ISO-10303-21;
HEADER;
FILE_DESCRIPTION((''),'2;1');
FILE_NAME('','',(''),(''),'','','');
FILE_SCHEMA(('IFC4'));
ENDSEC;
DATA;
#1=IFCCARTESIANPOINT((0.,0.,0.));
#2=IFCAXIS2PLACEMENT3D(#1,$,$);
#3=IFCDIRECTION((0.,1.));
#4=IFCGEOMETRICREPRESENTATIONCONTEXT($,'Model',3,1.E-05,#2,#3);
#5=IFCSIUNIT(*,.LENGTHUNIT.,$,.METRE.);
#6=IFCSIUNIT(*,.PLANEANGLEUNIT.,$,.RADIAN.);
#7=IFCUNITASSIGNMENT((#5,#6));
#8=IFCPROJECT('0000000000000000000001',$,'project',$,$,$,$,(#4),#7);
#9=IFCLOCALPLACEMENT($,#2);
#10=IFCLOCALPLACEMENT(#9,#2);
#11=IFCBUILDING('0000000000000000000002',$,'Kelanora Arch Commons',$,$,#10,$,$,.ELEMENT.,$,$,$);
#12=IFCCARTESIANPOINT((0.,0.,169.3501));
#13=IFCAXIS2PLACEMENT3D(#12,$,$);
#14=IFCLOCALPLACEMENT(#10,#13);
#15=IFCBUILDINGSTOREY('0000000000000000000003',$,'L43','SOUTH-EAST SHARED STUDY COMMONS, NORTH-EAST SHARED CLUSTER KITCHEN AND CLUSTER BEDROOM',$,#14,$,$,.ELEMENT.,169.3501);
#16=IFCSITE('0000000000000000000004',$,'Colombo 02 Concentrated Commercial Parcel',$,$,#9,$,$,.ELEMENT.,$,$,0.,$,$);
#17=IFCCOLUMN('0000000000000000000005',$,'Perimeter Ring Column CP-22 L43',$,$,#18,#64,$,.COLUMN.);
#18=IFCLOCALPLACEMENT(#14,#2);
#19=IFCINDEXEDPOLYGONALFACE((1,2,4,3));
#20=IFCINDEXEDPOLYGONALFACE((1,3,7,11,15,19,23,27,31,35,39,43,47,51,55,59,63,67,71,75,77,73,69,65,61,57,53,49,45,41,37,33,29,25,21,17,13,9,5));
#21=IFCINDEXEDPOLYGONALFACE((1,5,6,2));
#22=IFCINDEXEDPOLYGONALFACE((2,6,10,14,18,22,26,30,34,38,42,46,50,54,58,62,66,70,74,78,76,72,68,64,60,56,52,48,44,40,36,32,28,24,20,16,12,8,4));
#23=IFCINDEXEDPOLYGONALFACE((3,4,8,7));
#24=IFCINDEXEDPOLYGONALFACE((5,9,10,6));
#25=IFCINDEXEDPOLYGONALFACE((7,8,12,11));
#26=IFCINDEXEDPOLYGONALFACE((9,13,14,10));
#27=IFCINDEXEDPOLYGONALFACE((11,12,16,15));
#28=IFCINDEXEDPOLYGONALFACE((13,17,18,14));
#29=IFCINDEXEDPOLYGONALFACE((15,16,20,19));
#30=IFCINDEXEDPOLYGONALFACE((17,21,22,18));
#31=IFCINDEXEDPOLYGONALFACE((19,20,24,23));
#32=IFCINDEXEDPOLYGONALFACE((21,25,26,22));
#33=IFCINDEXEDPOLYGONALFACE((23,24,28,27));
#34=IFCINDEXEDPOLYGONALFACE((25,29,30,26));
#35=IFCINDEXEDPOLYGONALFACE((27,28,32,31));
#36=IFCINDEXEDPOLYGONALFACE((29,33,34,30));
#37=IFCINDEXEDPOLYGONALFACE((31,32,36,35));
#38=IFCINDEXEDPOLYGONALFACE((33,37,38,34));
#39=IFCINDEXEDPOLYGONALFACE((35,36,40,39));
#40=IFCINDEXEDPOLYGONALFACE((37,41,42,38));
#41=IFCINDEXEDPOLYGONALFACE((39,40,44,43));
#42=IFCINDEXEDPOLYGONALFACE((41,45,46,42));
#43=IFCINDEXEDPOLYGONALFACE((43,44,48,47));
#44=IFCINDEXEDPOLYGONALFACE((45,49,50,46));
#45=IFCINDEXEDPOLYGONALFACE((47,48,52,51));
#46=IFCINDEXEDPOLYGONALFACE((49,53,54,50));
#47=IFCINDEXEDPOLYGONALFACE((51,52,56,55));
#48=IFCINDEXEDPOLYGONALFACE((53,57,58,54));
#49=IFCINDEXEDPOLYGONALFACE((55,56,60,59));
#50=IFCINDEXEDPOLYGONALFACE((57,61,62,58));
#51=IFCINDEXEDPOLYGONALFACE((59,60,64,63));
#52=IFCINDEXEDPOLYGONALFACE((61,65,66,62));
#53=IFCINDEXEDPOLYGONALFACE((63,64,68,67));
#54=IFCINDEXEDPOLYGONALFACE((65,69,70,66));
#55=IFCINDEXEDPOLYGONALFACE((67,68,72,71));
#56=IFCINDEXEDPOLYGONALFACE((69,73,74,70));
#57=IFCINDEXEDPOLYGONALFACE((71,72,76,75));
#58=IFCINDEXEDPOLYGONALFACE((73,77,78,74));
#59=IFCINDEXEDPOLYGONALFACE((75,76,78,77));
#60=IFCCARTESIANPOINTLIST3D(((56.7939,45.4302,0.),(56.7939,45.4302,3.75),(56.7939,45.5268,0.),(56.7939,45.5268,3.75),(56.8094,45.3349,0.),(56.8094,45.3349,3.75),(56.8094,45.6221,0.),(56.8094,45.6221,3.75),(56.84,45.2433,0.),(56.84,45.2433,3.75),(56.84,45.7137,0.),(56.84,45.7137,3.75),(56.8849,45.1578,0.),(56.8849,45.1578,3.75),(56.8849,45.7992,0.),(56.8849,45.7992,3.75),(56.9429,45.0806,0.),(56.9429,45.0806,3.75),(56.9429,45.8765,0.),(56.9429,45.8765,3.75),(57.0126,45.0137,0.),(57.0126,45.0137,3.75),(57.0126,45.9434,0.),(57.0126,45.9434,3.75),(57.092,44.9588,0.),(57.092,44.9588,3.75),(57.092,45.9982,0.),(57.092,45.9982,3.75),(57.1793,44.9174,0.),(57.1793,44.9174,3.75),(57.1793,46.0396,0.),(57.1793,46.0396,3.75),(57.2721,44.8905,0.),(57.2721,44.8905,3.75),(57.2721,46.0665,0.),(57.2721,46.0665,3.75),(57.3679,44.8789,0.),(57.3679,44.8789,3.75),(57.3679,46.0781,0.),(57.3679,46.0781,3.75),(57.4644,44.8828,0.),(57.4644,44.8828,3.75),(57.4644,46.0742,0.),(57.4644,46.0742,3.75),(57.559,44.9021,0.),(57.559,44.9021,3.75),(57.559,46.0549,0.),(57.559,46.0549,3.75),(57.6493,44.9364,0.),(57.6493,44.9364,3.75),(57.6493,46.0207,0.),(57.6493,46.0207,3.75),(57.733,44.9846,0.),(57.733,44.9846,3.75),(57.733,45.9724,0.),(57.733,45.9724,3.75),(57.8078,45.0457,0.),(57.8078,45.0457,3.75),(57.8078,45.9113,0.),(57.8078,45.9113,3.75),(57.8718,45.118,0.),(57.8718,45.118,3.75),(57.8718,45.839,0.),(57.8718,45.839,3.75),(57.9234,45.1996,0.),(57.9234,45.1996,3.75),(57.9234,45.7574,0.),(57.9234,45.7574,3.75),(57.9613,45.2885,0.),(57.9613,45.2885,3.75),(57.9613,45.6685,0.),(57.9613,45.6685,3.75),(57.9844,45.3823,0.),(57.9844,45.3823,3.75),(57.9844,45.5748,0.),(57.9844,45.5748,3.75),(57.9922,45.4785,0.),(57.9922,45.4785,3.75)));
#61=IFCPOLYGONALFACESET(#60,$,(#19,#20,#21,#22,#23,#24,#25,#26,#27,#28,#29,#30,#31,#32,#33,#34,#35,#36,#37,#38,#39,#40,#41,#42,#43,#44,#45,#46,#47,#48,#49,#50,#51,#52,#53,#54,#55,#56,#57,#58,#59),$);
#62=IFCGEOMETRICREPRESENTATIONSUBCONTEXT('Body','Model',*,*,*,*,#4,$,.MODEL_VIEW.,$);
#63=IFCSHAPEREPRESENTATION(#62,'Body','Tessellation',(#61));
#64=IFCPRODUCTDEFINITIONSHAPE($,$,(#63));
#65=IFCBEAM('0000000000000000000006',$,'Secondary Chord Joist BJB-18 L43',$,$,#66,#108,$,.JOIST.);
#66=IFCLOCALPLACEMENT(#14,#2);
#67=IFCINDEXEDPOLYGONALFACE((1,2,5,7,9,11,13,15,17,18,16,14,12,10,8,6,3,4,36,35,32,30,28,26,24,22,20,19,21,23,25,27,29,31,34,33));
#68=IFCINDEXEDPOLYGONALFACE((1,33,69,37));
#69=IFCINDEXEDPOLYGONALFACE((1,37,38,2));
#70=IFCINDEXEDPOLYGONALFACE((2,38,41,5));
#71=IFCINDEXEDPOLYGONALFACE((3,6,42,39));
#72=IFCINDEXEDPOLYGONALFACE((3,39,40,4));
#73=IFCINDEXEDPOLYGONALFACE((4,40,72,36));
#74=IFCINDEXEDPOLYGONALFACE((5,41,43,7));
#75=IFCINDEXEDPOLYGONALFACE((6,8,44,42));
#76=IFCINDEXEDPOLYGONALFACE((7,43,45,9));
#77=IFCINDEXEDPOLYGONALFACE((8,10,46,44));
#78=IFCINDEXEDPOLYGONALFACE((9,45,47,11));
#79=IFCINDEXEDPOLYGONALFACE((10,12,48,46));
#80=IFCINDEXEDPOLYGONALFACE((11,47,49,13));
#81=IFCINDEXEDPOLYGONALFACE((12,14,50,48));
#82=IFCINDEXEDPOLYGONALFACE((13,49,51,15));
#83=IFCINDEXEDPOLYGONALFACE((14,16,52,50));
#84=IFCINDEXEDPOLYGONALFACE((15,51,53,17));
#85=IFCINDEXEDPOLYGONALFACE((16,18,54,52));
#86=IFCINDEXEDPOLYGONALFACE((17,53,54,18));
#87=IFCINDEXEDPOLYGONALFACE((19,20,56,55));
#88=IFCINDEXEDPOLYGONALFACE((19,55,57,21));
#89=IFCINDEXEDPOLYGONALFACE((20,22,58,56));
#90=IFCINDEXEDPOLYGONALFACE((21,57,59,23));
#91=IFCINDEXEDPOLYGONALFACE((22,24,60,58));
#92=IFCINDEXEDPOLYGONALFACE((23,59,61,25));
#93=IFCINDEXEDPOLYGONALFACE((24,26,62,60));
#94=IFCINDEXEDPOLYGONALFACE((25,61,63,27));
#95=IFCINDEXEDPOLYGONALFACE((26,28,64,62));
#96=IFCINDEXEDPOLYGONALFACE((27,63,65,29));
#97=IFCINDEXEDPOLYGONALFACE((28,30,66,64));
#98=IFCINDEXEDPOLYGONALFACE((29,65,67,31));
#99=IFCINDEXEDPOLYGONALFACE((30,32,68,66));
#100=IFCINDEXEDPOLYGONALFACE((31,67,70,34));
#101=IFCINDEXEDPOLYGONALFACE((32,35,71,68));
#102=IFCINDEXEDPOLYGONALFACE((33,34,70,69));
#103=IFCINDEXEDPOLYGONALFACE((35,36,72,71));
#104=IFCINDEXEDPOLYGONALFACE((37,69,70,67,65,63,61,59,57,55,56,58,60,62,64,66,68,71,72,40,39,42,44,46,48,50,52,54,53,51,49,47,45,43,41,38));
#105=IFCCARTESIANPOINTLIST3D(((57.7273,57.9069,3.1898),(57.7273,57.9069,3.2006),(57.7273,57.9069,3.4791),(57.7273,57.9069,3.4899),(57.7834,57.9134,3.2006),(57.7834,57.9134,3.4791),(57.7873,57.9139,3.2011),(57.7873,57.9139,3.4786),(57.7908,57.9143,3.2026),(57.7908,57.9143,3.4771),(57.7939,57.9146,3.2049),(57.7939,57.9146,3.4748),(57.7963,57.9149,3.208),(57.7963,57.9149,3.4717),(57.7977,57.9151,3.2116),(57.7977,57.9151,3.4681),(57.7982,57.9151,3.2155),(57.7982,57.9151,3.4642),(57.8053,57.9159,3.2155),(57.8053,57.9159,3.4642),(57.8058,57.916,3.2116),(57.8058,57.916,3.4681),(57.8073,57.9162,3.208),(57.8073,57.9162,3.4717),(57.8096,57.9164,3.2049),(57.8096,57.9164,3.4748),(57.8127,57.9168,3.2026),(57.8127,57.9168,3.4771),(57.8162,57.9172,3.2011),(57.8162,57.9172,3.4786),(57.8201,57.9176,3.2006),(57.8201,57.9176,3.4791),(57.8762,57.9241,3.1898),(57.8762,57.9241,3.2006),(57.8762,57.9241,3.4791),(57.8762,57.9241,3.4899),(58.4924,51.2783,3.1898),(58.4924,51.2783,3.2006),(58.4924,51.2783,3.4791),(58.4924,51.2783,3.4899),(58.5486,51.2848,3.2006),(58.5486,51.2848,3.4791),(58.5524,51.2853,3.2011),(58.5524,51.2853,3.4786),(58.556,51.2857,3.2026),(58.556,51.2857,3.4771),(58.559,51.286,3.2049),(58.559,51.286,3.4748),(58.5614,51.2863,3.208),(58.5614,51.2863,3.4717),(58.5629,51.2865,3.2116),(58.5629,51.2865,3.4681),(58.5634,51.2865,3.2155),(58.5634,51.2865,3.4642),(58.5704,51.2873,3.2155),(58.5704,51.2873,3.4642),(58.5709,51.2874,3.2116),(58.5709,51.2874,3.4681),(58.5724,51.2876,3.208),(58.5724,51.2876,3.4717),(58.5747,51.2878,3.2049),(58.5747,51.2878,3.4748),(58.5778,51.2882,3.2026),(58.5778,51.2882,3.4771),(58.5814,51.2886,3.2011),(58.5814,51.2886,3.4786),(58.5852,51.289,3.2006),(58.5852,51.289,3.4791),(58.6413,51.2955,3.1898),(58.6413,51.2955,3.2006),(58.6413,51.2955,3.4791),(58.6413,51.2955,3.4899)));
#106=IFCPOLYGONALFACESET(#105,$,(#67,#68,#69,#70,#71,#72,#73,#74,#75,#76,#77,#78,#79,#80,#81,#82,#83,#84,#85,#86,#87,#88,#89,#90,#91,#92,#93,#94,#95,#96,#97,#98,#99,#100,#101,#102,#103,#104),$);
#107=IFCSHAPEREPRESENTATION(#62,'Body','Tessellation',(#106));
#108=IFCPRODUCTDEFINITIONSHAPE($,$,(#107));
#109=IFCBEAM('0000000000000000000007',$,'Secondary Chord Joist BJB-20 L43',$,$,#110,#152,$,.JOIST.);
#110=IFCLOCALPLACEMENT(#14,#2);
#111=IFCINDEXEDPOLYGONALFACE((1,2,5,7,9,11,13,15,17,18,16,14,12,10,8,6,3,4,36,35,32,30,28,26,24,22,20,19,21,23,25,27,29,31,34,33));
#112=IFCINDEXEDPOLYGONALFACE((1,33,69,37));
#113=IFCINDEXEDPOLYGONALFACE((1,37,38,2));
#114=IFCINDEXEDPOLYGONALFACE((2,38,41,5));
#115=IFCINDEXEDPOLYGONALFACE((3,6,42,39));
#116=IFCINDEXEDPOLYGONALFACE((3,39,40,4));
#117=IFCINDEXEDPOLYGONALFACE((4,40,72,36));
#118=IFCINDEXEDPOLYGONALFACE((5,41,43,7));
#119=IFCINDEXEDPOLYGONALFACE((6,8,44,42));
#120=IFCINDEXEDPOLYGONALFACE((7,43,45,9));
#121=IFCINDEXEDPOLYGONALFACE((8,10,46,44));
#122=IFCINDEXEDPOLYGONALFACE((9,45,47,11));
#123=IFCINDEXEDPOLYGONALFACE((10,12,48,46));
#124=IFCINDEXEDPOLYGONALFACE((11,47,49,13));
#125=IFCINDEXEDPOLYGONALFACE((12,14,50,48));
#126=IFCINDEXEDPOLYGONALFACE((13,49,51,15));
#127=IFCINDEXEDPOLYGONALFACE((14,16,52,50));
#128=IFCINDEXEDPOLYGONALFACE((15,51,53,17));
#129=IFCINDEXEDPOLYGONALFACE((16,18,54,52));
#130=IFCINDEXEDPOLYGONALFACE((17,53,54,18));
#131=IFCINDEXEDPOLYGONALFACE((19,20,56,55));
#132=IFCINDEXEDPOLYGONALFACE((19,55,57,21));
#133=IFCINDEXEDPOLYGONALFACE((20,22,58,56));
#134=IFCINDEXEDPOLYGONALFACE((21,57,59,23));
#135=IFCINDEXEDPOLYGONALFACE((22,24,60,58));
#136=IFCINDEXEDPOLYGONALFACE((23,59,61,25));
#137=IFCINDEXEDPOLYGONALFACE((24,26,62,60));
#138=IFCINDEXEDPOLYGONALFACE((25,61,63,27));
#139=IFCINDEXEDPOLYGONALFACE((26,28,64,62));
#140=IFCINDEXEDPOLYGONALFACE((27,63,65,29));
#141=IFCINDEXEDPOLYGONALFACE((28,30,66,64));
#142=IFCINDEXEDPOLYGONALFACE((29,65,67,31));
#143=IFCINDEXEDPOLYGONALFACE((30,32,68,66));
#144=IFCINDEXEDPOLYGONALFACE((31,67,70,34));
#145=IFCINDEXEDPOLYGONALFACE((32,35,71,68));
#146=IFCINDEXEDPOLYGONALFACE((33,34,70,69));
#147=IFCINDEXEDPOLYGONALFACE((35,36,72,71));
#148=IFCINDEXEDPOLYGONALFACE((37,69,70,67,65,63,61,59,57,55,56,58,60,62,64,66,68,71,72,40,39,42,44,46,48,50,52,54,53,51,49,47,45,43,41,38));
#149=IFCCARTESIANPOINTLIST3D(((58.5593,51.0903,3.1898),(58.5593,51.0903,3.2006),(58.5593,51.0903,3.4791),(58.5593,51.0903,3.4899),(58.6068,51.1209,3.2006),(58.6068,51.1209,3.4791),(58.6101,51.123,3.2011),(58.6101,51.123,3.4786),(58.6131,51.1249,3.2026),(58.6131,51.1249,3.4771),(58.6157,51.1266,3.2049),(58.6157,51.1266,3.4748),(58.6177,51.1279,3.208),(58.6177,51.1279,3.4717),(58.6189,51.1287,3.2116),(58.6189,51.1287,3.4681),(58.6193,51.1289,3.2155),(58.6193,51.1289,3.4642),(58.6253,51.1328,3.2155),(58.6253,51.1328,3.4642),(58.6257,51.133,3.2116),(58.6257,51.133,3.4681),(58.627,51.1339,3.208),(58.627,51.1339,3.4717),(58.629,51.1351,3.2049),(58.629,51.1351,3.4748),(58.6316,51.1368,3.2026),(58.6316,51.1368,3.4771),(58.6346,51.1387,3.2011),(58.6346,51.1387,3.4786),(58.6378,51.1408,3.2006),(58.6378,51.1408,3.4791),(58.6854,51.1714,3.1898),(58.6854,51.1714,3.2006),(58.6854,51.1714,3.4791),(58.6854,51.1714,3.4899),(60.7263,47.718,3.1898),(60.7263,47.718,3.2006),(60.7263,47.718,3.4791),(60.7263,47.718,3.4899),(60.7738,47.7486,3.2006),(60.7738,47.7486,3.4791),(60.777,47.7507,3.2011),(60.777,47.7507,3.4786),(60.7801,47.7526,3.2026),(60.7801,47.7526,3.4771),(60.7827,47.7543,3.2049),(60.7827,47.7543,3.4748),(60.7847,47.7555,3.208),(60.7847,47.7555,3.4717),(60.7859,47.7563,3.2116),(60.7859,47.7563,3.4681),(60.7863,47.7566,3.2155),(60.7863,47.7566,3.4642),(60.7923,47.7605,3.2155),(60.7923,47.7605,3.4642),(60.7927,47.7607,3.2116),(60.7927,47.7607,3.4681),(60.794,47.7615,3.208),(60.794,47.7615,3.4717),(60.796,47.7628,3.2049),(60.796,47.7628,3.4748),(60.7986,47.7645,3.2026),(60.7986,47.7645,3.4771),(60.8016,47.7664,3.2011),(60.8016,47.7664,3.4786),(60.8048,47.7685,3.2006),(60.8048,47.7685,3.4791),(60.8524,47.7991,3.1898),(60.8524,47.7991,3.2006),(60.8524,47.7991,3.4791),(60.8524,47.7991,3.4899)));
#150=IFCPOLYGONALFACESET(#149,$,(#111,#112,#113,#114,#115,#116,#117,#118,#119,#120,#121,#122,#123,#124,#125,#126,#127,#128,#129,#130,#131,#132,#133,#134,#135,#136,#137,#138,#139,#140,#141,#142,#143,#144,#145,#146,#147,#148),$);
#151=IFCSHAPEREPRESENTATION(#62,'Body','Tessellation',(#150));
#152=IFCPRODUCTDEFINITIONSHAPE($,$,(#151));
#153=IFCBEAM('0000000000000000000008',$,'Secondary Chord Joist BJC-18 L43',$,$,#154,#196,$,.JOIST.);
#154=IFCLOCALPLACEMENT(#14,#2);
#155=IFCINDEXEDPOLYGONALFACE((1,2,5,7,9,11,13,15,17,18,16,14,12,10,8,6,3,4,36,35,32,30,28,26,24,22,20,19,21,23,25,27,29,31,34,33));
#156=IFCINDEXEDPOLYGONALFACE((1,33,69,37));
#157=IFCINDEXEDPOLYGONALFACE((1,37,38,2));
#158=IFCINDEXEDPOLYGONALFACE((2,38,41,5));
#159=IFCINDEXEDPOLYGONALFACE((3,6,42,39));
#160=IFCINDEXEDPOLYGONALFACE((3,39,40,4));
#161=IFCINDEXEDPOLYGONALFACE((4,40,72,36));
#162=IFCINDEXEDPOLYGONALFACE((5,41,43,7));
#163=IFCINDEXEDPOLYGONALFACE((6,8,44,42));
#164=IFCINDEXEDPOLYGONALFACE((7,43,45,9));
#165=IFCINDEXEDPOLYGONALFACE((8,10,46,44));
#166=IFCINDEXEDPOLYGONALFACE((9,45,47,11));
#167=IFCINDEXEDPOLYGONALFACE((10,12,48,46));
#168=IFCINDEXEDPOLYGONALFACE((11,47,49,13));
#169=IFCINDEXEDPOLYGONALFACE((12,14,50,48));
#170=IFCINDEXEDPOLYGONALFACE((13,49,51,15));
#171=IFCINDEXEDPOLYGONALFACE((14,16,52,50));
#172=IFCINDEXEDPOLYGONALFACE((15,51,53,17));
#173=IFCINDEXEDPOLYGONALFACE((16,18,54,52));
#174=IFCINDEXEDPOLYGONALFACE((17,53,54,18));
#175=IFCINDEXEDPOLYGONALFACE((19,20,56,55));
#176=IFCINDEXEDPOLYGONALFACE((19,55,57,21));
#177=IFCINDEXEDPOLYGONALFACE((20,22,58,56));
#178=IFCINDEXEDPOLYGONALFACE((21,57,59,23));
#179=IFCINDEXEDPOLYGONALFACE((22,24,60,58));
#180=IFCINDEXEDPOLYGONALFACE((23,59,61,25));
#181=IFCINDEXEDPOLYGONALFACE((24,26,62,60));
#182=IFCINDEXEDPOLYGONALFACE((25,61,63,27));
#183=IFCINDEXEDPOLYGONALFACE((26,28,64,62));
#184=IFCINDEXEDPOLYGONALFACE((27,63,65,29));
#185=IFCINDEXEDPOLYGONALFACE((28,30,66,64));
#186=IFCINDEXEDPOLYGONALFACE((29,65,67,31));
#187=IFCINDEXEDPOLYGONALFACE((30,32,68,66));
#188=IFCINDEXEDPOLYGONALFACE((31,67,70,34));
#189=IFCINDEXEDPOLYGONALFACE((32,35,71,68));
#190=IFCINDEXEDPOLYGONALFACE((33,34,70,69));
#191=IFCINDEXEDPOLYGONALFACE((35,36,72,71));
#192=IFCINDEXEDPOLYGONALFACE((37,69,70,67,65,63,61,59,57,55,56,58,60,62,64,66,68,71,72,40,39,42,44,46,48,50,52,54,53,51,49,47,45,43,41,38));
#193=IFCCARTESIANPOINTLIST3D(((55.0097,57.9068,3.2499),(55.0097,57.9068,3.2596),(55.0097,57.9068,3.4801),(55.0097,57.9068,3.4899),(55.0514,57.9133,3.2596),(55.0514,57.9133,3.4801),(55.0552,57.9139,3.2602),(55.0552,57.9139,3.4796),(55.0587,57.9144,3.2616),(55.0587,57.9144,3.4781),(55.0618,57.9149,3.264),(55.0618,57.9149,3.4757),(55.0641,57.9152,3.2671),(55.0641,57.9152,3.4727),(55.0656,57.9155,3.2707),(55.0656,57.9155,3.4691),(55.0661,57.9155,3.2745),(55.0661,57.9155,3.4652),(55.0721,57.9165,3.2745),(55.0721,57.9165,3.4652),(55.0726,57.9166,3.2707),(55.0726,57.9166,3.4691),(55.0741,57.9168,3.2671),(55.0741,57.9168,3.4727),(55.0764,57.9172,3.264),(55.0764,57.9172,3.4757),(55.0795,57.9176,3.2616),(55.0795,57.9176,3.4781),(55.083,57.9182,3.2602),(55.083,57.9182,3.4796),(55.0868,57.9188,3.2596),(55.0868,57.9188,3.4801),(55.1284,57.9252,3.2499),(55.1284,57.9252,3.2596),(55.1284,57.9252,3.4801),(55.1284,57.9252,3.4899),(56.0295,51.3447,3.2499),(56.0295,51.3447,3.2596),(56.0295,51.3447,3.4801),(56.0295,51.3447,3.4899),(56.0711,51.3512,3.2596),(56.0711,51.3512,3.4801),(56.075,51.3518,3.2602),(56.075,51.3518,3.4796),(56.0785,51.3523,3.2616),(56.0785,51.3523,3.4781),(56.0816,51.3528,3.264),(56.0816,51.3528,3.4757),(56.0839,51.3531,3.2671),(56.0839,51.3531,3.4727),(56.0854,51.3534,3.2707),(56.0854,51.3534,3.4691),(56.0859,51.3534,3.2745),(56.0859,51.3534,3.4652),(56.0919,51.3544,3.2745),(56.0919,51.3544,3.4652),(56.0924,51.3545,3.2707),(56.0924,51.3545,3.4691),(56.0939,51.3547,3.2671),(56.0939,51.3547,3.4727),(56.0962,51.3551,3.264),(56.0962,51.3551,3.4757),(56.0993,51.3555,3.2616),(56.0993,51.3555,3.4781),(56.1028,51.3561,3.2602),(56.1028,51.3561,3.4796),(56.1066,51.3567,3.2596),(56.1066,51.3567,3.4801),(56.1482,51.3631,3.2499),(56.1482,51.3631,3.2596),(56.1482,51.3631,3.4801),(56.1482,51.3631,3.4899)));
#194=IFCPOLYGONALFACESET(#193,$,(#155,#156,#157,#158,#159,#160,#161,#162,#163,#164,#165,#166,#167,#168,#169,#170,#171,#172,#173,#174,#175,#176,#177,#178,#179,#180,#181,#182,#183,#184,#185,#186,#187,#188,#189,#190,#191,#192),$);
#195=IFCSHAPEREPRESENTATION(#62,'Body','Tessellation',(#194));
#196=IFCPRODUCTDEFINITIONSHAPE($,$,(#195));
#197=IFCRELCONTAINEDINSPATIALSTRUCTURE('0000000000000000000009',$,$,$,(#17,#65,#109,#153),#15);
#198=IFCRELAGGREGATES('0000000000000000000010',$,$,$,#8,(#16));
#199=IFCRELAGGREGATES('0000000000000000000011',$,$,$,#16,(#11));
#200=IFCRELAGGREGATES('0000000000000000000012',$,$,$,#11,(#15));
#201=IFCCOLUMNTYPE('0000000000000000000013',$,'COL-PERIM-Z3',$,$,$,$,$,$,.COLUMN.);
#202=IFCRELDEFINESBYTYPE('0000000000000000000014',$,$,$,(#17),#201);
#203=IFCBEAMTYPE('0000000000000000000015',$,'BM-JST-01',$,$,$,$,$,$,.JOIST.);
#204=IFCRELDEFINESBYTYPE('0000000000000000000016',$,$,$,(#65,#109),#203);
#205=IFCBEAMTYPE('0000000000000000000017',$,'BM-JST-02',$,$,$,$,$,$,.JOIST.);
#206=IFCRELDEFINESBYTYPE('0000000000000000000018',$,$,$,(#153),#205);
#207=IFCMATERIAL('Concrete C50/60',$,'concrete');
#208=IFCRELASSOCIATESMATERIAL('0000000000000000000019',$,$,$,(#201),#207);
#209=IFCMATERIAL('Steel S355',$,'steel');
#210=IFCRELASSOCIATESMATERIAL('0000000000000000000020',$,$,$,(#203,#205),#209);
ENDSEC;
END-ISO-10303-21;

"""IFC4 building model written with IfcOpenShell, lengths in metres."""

from ifc_helpers import new_model, si_unit, direction, frame, origin, origin_2d, place, context, subcontext, project, spatial, circle, i_section, extrude, material, material_profile, profile_set, type_object, element, save


model = new_model("IFC4")

# Units and contexts
model_context = context("Model", 3, precision=1e-05, world=origin(), true_north=direction((0.0, 1.0)))
body_context = subcontext(model_context, "Body", "Model", "MODEL_VIEW")
ifc_project = project(units=[si_unit("LENGTHUNIT", "METRE"), si_unit("PLANEANGLEUNIT", "RADIAN")], contexts=[model_context])

# Site, building, storey
site_placement = place(None, origin())
site = spatial("IfcSite", under=ifc_project, at=site_placement, Name="Colombo 02 Concentrated Commercial Parcel", CompositionType="ELEMENT", RefElevation=0.0)
building_placement = place(site_placement, origin())
building = spatial("IfcBuilding", under=site, at=building_placement, Name="Kelanora Arch Commons", CompositionType="ELEMENT")
storey_placement = place(building_placement, frame((0.0, 0.0, 169.3501)))
storey = spatial("IfcBuildingStorey", under=building, at=storey_placement, Name="L43", Description="SOUTH-EAST SHARED STUDY COMMONS, NORTH-EAST SHARED CLUSTER KITCHEN AND CLUSTER BEDROOM", CompositionType="ELEMENT", Elevation=169.3501)

# Column
ifc_material_1 = material(Name="Concrete C50/60", Category="concrete")
ifc_material_profile_1 = material_profile(ifc_material_1, circle(Radius=0.6001, at=origin_2d()), Name="RCC1200")
ifc_profile_set_1 = profile_set([ifc_material_profile_1], Name="Concrete C50/60")
column_type = type_object("IfcColumnType", Name="COL-PERIM-Z3", PredefinedType="COLUMN", material=ifc_profile_set_1)
column_placement = place(storey_placement, frame((57.3921, 45.4785, 0.0), z_axis=(0.0, 0.0, 1.0), x_axis=(1.0, 0.0, 0.0)))
element("IfcColumn", 1, at=column_placement, inside=storey, type_object=column_type, Name="Perimeter Ring Column CP-22 L43", PredefinedType="COLUMN", context=body_context, shape_type="SweptSolid", body=[
    extrude(circle(Radius=0.6001, at=origin_2d()), origin(), (0.0, 0.0, 1.0), 3.75),
])

# Beams
ifc_material_2 = material(Name="Steel S355", Category="steel")
ifc_material_profile_2 = material_profile(ifc_material_2, i_section(OverallWidth=0.1499, OverallDepth=0.3, WebThickness=0.0071, FlangeThickness=0.0107, FilletRadius=0.0149, at=origin_2d()), Name="IPE300")
ifc_profile_set_2 = profile_set([ifc_material_profile_2], Name="Steel S355")
beam_type_1 = type_object("IfcBeamType", Name="BM-JST-01", PredefinedType="JOIST", material=ifc_profile_set_2)
beam_1_placement = place(storey_placement, frame((57.8018, 57.9155, 3.3398), z_axis=(0.114667, -0.993404, 0.0), x_axis=(0.993404, 0.114667, 0.0)))
element("IfcBeam", 2, at=beam_1_placement, inside=storey, type_object=beam_type_1, Name="Secondary Chord Joist BJB-18 L43", PredefinedType="JOIST", context=body_context, shape_type="SweptSolid", body=[
    extrude(i_section(OverallWidth=0.1499, OverallDepth=0.3, WebThickness=0.0071, FlangeThickness=0.0107, FilletRadius=0.0149, at=origin_2d()), origin(), (0.0, 0.0, 1.0), 6.6726),
])
beam_2_placement = place(storey_placement, frame((58.6223, 51.1309, 3.3398), z_axis=(0.540594, -0.841283, 0.0), x_axis=(0.841283, 0.540594, 0.0)))
element("IfcBeam", 3, at=beam_2_placement, inside=storey, type_object=beam_type_1, Name="Secondary Chord Joist BJB-20 L43", PredefinedType="JOIST", context=body_context, shape_type="SweptSolid", body=[
    extrude(i_section(OverallWidth=0.1499, OverallDepth=0.3, WebThickness=0.0071, FlangeThickness=0.0107, FilletRadius=0.0149, at=origin_2d()), origin(), (0.0, 0.0, 1.0), 4.0085),
])
ifc_material_profile_3 = material_profile(ifc_material_2, i_section(OverallWidth=0.1201, OverallDepth=0.24, WebThickness=0.0061, FlangeThickness=0.0098, FilletRadius=0.0149, at=origin_2d()), Name="IPE240")
ifc_profile_set_3 = profile_set([ifc_material_profile_3], Name="Steel S355")
beam_type_2 = type_object("IfcBeamType", Name="BM-JST-02", PredefinedType="JOIST", material=ifc_profile_set_3)
beam_3_placement = place(storey_placement, frame((55.0691, 57.916, 3.3699), z_axis=(0.153563, -0.988139, 0.0), x_axis=(0.988139, 0.153563, 0.0)))
element("IfcBeam", 4, at=beam_3_placement, inside=storey, type_object=beam_type_2, Name="Secondary Chord Joist BJC-18 L43", PredefinedType="JOIST", context=body_context, shape_type="SweptSolid", body=[
    extrude(i_section(OverallWidth=0.1201, OverallDepth=0.24, WebThickness=0.0061, FlangeThickness=0.0098, FilletRadius=0.0149, at=origin_2d()), origin(), (0.0, 0.0, 1.0), 6.6409),
])

save(model, "model.ifc")
